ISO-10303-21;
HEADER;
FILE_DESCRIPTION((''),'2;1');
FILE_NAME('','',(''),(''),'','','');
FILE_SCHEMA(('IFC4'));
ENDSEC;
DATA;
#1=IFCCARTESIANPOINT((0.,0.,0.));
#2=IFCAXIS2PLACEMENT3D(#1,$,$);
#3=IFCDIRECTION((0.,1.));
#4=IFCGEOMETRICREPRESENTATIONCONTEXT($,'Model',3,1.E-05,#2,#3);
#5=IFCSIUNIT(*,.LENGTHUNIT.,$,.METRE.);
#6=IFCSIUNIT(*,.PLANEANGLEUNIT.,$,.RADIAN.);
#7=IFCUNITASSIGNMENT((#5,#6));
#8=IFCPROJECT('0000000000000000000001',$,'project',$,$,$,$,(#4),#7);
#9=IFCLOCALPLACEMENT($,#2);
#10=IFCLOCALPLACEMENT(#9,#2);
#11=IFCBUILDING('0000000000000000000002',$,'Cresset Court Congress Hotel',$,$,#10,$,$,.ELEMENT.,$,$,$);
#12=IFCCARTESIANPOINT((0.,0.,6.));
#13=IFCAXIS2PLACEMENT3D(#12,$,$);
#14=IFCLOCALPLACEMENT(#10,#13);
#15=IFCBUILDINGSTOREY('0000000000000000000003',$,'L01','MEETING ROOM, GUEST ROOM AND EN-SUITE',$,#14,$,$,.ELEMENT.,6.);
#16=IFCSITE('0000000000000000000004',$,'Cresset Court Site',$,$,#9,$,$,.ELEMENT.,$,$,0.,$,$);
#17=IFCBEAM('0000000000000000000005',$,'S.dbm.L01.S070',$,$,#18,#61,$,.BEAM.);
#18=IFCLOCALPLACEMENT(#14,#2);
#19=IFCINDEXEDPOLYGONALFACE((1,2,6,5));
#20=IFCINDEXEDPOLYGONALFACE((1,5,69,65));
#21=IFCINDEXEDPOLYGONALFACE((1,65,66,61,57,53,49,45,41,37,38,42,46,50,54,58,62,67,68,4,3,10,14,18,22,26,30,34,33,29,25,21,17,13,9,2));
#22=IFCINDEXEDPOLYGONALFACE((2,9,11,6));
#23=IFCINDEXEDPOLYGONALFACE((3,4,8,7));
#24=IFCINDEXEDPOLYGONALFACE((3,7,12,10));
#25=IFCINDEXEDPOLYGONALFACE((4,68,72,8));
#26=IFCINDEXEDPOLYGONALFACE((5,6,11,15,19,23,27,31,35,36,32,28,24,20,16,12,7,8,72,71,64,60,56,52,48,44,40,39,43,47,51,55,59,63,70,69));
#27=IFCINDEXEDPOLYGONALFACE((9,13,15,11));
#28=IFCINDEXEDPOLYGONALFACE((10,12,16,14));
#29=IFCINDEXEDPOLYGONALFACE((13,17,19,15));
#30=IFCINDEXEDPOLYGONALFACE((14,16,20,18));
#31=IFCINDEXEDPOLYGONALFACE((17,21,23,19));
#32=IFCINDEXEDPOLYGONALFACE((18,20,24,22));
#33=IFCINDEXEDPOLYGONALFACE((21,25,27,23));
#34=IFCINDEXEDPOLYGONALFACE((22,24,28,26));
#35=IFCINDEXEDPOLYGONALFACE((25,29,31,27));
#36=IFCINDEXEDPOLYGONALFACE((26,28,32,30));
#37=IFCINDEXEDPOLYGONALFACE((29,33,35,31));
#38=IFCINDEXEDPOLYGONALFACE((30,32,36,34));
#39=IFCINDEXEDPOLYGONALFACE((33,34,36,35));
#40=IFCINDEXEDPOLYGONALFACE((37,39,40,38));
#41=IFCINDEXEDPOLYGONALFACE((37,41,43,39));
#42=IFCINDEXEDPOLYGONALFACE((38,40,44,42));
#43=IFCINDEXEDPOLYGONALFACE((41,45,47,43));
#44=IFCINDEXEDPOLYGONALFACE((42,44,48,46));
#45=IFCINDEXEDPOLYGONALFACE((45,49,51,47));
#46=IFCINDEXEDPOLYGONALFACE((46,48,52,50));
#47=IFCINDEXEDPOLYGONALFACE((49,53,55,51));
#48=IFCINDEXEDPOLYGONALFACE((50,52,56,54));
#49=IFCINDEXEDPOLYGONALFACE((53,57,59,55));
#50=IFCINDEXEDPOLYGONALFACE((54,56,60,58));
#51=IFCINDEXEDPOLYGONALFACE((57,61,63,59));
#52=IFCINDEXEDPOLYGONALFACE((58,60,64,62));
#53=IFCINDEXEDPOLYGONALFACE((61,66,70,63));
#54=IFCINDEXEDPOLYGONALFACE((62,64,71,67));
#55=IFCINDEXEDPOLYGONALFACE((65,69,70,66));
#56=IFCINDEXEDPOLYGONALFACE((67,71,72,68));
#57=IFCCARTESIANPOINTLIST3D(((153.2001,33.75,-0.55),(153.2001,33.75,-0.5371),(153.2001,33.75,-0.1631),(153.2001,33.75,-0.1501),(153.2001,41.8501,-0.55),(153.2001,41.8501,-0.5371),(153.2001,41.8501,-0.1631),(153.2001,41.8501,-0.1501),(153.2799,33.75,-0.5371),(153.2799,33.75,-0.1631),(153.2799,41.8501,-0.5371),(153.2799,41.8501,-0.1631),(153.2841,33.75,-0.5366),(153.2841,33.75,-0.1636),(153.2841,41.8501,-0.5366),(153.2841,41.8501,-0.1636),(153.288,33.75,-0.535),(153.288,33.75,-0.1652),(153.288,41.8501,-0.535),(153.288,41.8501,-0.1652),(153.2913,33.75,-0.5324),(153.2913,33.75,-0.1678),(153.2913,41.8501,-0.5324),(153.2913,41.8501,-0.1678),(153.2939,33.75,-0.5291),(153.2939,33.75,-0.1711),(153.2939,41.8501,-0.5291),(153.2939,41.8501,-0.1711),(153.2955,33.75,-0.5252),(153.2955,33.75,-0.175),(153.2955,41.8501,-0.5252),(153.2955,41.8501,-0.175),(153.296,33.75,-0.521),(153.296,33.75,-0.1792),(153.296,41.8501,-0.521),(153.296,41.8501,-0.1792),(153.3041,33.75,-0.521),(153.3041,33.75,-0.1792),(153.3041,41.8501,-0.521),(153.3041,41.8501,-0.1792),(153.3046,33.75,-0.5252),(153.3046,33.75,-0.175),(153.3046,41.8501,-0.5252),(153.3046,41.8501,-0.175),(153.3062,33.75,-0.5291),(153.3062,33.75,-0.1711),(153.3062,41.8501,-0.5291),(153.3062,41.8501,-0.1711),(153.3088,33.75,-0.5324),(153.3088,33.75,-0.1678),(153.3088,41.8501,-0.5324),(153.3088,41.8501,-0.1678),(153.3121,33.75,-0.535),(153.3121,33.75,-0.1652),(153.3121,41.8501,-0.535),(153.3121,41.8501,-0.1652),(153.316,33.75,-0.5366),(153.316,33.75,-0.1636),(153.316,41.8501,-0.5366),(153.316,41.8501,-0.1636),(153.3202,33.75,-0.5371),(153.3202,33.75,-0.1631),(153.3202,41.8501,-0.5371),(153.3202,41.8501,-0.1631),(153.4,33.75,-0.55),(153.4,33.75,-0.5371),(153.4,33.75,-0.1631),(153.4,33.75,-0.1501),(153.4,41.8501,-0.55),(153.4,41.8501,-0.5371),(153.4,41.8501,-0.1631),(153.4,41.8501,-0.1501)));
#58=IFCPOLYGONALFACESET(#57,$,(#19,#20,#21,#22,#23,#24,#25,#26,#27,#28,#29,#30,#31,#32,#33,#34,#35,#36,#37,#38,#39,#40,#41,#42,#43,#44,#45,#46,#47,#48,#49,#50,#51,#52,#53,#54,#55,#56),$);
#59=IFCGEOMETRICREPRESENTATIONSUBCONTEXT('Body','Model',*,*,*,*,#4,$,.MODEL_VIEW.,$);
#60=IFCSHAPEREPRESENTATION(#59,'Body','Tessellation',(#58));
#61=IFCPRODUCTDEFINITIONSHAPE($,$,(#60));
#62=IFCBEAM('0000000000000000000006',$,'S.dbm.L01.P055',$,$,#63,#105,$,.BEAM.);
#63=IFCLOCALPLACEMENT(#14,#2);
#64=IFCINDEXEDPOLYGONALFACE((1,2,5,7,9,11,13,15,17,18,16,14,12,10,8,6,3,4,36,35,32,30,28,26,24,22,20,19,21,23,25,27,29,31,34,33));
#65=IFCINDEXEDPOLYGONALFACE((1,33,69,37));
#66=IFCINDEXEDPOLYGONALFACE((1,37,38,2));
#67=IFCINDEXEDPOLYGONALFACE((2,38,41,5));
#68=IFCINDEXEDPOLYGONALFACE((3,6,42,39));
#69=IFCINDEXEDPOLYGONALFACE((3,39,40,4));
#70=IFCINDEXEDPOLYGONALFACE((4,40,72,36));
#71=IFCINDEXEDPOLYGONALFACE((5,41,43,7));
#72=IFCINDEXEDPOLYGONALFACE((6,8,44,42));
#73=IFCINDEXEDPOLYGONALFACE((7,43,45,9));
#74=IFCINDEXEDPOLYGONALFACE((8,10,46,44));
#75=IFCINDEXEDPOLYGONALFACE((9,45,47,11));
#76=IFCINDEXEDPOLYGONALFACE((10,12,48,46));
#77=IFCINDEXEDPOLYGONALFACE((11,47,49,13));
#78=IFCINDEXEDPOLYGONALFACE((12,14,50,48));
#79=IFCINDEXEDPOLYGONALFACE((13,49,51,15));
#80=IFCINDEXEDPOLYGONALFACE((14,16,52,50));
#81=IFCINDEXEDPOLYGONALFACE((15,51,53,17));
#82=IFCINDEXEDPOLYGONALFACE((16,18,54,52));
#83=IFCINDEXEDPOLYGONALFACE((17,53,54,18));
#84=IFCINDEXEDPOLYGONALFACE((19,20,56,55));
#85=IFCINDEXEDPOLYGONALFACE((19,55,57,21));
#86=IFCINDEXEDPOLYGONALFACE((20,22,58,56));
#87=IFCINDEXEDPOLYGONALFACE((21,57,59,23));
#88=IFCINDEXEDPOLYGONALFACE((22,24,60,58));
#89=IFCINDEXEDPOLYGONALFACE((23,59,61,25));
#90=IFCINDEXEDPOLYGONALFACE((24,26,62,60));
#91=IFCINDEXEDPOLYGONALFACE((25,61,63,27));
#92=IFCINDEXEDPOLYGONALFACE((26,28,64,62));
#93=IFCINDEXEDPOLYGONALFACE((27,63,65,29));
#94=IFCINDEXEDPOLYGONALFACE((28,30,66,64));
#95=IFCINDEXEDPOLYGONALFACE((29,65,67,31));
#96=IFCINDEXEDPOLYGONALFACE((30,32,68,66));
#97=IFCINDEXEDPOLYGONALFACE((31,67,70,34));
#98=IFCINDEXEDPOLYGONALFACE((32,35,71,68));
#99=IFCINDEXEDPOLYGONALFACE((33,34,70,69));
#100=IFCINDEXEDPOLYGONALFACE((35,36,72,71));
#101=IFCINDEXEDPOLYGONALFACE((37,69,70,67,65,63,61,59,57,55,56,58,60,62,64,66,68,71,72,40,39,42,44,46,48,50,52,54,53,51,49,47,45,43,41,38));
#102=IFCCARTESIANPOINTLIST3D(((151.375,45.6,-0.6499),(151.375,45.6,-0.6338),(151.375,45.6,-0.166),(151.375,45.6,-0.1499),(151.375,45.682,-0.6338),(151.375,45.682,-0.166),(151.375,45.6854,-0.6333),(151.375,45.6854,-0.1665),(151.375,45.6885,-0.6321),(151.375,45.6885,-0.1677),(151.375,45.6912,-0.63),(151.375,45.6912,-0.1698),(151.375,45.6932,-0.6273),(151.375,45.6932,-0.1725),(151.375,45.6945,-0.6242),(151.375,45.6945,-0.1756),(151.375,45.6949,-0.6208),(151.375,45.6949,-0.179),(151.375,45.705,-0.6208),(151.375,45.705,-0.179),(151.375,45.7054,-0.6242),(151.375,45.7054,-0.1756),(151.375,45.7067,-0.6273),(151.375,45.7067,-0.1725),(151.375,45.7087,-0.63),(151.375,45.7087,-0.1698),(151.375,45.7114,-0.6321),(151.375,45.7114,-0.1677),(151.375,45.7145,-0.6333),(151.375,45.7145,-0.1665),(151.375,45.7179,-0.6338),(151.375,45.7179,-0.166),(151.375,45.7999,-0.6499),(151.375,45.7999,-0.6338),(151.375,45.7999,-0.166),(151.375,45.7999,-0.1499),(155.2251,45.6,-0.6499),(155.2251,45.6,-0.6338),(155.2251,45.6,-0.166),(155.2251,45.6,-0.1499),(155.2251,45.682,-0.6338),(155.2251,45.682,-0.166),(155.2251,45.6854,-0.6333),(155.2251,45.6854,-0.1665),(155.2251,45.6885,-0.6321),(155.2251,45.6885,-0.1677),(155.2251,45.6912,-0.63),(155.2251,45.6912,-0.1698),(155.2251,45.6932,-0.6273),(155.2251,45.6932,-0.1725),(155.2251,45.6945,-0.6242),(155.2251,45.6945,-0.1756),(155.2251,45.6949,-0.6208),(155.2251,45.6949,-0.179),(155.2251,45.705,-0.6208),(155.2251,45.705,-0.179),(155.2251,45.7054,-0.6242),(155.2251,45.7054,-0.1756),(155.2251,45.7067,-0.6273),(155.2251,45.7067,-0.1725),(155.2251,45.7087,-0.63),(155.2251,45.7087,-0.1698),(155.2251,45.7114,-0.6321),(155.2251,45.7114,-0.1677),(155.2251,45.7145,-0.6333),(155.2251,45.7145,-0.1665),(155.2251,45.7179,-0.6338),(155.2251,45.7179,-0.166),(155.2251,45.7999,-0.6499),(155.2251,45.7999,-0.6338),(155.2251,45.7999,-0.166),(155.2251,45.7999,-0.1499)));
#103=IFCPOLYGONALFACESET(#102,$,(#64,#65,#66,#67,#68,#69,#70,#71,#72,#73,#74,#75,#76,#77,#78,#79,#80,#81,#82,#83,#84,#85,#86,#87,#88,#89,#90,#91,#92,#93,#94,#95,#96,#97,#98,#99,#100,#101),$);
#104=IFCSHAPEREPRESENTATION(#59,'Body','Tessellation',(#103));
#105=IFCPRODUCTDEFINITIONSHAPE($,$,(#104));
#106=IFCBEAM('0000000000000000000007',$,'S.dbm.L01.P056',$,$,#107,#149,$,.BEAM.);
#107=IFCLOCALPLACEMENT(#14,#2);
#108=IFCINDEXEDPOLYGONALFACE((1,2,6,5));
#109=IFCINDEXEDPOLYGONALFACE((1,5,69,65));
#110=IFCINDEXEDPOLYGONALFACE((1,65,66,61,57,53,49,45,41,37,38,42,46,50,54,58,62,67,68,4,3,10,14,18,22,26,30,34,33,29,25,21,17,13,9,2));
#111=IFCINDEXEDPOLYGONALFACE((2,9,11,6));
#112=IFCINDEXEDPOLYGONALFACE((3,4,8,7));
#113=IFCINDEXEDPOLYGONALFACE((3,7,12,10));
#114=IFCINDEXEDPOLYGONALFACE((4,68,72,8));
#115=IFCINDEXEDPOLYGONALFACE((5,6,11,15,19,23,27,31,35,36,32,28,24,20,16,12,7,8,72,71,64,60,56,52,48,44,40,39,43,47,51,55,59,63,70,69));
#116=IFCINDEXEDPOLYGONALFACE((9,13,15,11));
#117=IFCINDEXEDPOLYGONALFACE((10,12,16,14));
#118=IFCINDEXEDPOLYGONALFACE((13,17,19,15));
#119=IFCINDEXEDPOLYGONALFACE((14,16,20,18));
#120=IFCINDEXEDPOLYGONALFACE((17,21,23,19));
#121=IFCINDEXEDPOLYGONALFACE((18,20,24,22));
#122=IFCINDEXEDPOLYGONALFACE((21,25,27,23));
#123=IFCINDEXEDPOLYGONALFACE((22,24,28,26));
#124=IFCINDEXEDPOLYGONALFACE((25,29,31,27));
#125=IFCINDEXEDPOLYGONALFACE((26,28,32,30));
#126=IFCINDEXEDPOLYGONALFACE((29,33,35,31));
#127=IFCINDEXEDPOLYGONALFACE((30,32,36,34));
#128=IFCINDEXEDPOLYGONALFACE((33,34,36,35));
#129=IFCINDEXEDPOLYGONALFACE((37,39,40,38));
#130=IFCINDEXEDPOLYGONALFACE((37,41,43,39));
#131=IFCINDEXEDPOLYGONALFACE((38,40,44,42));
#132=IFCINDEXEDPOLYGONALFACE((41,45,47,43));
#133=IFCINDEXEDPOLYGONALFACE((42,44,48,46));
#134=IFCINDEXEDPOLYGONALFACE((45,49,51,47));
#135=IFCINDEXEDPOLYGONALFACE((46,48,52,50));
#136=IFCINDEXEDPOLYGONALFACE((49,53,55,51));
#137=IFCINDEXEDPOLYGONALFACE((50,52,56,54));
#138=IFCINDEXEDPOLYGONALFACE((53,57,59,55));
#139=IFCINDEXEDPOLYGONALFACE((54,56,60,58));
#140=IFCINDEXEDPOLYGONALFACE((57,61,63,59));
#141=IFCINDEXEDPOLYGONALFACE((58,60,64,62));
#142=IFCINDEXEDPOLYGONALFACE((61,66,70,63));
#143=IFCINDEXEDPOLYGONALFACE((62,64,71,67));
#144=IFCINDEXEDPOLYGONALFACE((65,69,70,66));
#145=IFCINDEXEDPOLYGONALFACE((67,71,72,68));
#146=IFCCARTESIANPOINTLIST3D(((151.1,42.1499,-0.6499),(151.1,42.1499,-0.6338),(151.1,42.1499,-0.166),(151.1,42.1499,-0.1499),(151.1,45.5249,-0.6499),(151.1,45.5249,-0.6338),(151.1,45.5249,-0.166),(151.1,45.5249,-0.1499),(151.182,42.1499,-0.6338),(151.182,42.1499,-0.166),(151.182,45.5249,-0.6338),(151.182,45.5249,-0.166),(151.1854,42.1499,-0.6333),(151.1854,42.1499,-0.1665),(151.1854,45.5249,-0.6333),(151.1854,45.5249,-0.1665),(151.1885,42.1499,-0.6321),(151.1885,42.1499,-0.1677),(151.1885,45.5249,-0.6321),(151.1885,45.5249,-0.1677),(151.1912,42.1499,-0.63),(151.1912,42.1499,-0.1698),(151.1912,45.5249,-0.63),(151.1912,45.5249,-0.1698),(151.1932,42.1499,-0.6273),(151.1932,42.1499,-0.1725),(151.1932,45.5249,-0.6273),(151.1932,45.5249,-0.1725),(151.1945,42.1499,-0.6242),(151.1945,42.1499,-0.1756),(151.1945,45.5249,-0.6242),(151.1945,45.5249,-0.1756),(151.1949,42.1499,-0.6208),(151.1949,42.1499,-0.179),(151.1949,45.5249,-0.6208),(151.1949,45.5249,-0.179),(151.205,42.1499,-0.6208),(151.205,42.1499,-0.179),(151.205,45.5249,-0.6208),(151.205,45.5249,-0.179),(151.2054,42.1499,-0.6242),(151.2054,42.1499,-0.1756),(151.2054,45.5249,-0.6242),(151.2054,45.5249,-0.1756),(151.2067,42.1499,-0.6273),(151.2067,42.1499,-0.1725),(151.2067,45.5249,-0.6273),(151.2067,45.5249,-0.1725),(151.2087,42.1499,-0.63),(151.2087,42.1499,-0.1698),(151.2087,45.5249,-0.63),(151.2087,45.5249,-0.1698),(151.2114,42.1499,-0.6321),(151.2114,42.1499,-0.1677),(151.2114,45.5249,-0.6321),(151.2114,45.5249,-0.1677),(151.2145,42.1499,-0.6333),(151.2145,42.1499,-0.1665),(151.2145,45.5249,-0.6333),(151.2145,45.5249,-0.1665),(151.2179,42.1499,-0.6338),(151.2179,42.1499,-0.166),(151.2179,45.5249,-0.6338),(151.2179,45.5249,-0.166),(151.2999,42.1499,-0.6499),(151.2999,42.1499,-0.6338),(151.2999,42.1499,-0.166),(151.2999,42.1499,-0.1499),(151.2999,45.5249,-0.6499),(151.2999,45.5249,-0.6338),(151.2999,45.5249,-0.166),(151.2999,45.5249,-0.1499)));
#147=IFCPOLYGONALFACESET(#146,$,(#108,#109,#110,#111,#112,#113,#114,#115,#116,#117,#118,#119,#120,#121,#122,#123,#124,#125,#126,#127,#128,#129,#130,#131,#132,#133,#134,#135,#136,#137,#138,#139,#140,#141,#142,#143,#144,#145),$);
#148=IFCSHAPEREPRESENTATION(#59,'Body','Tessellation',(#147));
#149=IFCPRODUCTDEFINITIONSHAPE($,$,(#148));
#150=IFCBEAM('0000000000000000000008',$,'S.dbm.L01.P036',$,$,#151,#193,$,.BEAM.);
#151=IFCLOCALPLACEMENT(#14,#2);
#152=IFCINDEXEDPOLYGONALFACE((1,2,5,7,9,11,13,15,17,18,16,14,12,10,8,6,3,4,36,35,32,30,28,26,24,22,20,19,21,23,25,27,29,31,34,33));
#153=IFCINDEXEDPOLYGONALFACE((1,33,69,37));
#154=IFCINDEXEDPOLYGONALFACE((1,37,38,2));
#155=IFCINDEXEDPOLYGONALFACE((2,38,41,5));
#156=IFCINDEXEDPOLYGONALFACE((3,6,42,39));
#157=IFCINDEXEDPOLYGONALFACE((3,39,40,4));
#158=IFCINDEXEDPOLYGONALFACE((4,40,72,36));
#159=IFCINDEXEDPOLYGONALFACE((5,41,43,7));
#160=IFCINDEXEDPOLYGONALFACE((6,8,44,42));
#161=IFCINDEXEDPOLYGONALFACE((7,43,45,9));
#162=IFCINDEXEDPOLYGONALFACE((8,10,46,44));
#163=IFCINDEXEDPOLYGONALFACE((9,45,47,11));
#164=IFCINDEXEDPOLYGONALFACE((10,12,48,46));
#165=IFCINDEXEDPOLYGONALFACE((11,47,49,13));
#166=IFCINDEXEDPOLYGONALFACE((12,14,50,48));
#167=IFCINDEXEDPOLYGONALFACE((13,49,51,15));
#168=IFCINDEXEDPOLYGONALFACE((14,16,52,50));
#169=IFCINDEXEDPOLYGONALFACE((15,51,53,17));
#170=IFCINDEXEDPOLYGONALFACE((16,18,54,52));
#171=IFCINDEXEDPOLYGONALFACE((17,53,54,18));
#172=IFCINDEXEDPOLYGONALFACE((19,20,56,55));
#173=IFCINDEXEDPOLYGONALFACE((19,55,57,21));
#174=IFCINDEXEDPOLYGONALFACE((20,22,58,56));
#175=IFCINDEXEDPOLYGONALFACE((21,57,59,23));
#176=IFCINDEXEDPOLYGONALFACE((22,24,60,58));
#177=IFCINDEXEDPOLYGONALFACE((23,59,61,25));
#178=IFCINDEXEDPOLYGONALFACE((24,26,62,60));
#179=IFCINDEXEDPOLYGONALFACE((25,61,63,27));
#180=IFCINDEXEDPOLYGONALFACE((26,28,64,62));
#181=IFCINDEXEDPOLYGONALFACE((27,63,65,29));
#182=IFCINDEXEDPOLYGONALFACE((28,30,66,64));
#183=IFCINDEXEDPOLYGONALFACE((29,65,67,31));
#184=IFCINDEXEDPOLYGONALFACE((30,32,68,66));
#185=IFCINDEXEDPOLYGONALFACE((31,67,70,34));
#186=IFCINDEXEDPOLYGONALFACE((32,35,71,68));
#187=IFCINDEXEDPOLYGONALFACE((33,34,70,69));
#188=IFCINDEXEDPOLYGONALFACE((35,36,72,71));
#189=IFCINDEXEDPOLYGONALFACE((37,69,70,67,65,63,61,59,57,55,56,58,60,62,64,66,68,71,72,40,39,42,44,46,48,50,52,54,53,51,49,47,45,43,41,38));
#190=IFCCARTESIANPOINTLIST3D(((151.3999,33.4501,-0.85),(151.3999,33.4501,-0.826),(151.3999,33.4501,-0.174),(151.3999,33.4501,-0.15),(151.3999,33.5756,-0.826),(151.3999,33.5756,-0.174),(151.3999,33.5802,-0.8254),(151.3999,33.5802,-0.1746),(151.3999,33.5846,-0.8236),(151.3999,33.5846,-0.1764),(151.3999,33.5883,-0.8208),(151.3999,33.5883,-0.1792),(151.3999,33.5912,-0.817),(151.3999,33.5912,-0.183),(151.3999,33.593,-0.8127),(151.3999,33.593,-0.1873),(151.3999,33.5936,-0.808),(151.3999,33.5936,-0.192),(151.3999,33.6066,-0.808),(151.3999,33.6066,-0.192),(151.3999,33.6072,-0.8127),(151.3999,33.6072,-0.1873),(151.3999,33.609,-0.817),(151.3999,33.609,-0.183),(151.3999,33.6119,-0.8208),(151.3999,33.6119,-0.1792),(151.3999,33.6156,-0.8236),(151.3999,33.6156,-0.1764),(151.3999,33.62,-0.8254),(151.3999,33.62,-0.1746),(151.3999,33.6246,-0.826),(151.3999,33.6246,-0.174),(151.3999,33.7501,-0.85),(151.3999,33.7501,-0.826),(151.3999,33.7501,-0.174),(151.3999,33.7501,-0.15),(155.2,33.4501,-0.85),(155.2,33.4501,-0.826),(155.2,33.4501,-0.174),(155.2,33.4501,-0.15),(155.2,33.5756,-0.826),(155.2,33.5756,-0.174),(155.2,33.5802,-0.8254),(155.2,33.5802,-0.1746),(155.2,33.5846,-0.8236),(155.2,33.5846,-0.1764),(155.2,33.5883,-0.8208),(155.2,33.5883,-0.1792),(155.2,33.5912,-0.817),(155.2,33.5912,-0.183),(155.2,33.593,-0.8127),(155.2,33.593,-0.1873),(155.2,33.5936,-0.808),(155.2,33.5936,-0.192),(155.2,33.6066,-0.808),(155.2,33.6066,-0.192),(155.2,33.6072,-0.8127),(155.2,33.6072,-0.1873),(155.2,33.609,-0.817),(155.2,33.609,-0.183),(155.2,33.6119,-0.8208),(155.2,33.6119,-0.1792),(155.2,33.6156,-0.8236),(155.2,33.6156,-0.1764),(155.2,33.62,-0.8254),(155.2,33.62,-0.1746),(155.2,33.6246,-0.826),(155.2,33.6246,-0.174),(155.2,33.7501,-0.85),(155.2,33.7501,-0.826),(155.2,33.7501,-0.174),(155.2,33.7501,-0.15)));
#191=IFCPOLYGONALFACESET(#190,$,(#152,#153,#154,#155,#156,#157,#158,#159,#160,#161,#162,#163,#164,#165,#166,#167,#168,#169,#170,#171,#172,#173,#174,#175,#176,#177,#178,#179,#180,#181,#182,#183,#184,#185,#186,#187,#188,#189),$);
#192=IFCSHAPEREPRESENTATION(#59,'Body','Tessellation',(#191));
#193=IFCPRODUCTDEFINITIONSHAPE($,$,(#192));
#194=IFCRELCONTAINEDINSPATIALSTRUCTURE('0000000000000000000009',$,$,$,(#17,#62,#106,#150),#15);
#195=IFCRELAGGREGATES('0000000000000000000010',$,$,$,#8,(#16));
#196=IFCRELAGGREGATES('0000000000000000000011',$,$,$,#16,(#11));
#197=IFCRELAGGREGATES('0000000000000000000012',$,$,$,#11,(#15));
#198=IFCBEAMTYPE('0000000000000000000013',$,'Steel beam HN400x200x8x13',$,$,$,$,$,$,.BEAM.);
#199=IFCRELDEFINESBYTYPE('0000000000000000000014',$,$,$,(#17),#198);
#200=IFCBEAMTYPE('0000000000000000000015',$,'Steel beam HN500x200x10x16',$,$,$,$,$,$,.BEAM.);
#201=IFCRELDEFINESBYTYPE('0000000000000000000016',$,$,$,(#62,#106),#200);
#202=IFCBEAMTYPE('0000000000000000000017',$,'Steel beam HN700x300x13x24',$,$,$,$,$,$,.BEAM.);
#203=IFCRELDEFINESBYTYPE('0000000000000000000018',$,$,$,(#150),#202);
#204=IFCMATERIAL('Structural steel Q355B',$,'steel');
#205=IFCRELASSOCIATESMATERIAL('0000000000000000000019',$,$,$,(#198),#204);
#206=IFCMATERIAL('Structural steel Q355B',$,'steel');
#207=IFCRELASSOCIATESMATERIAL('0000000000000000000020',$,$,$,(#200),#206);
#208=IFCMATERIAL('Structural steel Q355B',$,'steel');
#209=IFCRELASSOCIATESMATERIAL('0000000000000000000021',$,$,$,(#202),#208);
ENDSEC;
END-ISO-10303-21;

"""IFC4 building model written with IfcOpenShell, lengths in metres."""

from ifc_helpers import new_model, si_unit, direction, frame, origin, origin_2d, place, context, subcontext, project, spatial, i_section, extrude, material, material_profile, profile_set, type_object, element, save


model = new_model("IFC4")

# Units and contexts
model_context = context("Model", 3, precision=1e-05, world=origin(), true_north=direction((0.0, 1.0)))
body_context = subcontext(model_context, "Body", "Model", "MODEL_VIEW")
ifc_project = project(units=[si_unit("LENGTHUNIT", "METRE"), si_unit("PLANEANGLEUNIT", "RADIAN")], contexts=[model_context])

# Site, building, storey
site_placement = place(None, origin())
site = spatial("IfcSite", under=ifc_project, at=site_placement, Name="Cresset Court Site", CompositionType="ELEMENT", RefElevation=0.0)
building_placement = place(site_placement, origin())
building = spatial("IfcBuilding", under=site, at=building_placement, Name="Cresset Court Congress Hotel", CompositionType="ELEMENT")
storey_placement = place(building_placement, frame((0.0, 0.0, 6.0)))
storey = spatial("IfcBuildingStorey", under=building, at=storey_placement, Name="L01", Description="MEETING ROOM, GUEST ROOM AND EN-SUITE", CompositionType="ELEMENT", Elevation=6.0)

# Beams
ifc_material_1 = material(Name="Structural steel Q355B", Category="steel")
ifc_material_profile_1 = material_profile(ifc_material_1, i_section(OverallWidth=0.2, OverallDepth=0.3999, WebThickness=0.0081, FlangeThickness=0.0129, FilletRadius=0.0161, at=origin_2d()), Name="HN400x200x8x13")
ifc_profile_set_1 = profile_set([ifc_material_profile_1], Name="Structural steel Q355B")
beam_type_1 = type_object("IfcBeamType", Name="Steel beam HN400x200x8x13", PredefinedType="BEAM", material=ifc_profile_set_1)
beam_1_placement = place(storey_placement, frame((153.3, 33.75, -0.3501), z_axis=(0.0, 1.0, 0.0), x_axis=(-1.0, 0.0, 0.0)))
element("IfcBeam", 1, at=beam_1_placement, inside=storey, type_object=beam_type_1, Name="S.dbm.L01.S070", PredefinedType="BEAM", context=body_context, shape_type="SweptSolid", body=[
    extrude(i_section(OverallWidth=0.2, OverallDepth=0.3999, WebThickness=0.0081, FlangeThickness=0.0129, FilletRadius=0.0161, at=origin_2d()), origin(), (0.0, 0.0, 1.0), 8.1001),
])
ifc_material_2 = material(Name="Structural steel Q355B", Category="steel")
ifc_material_profile_2 = material_profile(ifc_material_2, i_section(OverallWidth=0.2, OverallDepth=0.5, WebThickness=0.01, FlangeThickness=0.0161, FilletRadius=0.0129, at=origin_2d()), Name="HN500x200x10x16")
ifc_profile_set_2 = profile_set([ifc_material_profile_2], Name="Structural steel Q355B")
beam_type_2 = type_object("IfcBeamType", Name="Steel beam HN500x200x10x16", PredefinedType="BEAM", material=ifc_profile_set_2)
beam_2_placement = place(storey_placement, frame((151.375, 45.7, -0.3999), z_axis=(1.0, 0.0, 0.0), x_axis=(0.0, 1.0, 0.0)))
element("IfcBeam", 2, at=beam_2_placement, inside=storey, type_object=beam_type_2, Name="S.dbm.L01.P055", PredefinedType="BEAM", context=body_context, shape_type="SweptSolid", body=[
    extrude(i_section(OverallWidth=0.2, OverallDepth=0.5, WebThickness=0.01, FlangeThickness=0.0161, FilletRadius=0.0129, at=origin_2d()), origin(), (0.0, 0.0, 1.0), 3.8501),
])
beam_3_placement = place(storey_placement, frame((151.2, 42.1499, -0.3999), z_axis=(0.0, 1.0, 0.0), x_axis=(-1.0, 0.0, 0.0)))
element("IfcBeam", 3, at=beam_3_placement, inside=storey, type_object=beam_type_2, Name="S.dbm.L01.P056", PredefinedType="BEAM", context=body_context, shape_type="SweptSolid", body=[
    extrude(i_section(OverallWidth=0.2, OverallDepth=0.5, WebThickness=0.01, FlangeThickness=0.0161, FilletRadius=0.0129, at=origin_2d()), origin(), (0.0, 0.0, 1.0), 3.375),
])
ifc_material_3 = material(Name="Structural steel Q355B", Category="steel")
ifc_material_profile_3 = material_profile(ifc_material_3, i_section(OverallWidth=0.3, OverallDepth=0.7, WebThickness=0.0129, FlangeThickness=0.0239, FilletRadius=0.0181, at=origin_2d()), Name="HN700x300x13x24")
ifc_profile_set_3 = profile_set([ifc_material_profile_3], Name="Structural steel Q355B")
beam_type_3 = type_object("IfcBeamType", Name="Steel beam HN700x300x13x24", PredefinedType="BEAM", material=ifc_profile_set_3)
beam_4_placement = place(storey_placement, frame((151.3999, 33.6001, -0.5), z_axis=(1.0, 0.0, 0.0), x_axis=(0.0, 1.0, 0.0)))
element("IfcBeam", 4, at=beam_4_placement, inside=storey, type_object=beam_type_3, Name="S.dbm.L01.P036", PredefinedType="BEAM", context=body_context, shape_type="SweptSolid", body=[
    extrude(i_section(OverallWidth=0.3, OverallDepth=0.7, WebThickness=0.0129, FlangeThickness=0.0239, FilletRadius=0.0181, at=origin_2d()), origin(), (0.0, 0.0, 1.0), 3.8),
])

save(model, "model.ifc")
